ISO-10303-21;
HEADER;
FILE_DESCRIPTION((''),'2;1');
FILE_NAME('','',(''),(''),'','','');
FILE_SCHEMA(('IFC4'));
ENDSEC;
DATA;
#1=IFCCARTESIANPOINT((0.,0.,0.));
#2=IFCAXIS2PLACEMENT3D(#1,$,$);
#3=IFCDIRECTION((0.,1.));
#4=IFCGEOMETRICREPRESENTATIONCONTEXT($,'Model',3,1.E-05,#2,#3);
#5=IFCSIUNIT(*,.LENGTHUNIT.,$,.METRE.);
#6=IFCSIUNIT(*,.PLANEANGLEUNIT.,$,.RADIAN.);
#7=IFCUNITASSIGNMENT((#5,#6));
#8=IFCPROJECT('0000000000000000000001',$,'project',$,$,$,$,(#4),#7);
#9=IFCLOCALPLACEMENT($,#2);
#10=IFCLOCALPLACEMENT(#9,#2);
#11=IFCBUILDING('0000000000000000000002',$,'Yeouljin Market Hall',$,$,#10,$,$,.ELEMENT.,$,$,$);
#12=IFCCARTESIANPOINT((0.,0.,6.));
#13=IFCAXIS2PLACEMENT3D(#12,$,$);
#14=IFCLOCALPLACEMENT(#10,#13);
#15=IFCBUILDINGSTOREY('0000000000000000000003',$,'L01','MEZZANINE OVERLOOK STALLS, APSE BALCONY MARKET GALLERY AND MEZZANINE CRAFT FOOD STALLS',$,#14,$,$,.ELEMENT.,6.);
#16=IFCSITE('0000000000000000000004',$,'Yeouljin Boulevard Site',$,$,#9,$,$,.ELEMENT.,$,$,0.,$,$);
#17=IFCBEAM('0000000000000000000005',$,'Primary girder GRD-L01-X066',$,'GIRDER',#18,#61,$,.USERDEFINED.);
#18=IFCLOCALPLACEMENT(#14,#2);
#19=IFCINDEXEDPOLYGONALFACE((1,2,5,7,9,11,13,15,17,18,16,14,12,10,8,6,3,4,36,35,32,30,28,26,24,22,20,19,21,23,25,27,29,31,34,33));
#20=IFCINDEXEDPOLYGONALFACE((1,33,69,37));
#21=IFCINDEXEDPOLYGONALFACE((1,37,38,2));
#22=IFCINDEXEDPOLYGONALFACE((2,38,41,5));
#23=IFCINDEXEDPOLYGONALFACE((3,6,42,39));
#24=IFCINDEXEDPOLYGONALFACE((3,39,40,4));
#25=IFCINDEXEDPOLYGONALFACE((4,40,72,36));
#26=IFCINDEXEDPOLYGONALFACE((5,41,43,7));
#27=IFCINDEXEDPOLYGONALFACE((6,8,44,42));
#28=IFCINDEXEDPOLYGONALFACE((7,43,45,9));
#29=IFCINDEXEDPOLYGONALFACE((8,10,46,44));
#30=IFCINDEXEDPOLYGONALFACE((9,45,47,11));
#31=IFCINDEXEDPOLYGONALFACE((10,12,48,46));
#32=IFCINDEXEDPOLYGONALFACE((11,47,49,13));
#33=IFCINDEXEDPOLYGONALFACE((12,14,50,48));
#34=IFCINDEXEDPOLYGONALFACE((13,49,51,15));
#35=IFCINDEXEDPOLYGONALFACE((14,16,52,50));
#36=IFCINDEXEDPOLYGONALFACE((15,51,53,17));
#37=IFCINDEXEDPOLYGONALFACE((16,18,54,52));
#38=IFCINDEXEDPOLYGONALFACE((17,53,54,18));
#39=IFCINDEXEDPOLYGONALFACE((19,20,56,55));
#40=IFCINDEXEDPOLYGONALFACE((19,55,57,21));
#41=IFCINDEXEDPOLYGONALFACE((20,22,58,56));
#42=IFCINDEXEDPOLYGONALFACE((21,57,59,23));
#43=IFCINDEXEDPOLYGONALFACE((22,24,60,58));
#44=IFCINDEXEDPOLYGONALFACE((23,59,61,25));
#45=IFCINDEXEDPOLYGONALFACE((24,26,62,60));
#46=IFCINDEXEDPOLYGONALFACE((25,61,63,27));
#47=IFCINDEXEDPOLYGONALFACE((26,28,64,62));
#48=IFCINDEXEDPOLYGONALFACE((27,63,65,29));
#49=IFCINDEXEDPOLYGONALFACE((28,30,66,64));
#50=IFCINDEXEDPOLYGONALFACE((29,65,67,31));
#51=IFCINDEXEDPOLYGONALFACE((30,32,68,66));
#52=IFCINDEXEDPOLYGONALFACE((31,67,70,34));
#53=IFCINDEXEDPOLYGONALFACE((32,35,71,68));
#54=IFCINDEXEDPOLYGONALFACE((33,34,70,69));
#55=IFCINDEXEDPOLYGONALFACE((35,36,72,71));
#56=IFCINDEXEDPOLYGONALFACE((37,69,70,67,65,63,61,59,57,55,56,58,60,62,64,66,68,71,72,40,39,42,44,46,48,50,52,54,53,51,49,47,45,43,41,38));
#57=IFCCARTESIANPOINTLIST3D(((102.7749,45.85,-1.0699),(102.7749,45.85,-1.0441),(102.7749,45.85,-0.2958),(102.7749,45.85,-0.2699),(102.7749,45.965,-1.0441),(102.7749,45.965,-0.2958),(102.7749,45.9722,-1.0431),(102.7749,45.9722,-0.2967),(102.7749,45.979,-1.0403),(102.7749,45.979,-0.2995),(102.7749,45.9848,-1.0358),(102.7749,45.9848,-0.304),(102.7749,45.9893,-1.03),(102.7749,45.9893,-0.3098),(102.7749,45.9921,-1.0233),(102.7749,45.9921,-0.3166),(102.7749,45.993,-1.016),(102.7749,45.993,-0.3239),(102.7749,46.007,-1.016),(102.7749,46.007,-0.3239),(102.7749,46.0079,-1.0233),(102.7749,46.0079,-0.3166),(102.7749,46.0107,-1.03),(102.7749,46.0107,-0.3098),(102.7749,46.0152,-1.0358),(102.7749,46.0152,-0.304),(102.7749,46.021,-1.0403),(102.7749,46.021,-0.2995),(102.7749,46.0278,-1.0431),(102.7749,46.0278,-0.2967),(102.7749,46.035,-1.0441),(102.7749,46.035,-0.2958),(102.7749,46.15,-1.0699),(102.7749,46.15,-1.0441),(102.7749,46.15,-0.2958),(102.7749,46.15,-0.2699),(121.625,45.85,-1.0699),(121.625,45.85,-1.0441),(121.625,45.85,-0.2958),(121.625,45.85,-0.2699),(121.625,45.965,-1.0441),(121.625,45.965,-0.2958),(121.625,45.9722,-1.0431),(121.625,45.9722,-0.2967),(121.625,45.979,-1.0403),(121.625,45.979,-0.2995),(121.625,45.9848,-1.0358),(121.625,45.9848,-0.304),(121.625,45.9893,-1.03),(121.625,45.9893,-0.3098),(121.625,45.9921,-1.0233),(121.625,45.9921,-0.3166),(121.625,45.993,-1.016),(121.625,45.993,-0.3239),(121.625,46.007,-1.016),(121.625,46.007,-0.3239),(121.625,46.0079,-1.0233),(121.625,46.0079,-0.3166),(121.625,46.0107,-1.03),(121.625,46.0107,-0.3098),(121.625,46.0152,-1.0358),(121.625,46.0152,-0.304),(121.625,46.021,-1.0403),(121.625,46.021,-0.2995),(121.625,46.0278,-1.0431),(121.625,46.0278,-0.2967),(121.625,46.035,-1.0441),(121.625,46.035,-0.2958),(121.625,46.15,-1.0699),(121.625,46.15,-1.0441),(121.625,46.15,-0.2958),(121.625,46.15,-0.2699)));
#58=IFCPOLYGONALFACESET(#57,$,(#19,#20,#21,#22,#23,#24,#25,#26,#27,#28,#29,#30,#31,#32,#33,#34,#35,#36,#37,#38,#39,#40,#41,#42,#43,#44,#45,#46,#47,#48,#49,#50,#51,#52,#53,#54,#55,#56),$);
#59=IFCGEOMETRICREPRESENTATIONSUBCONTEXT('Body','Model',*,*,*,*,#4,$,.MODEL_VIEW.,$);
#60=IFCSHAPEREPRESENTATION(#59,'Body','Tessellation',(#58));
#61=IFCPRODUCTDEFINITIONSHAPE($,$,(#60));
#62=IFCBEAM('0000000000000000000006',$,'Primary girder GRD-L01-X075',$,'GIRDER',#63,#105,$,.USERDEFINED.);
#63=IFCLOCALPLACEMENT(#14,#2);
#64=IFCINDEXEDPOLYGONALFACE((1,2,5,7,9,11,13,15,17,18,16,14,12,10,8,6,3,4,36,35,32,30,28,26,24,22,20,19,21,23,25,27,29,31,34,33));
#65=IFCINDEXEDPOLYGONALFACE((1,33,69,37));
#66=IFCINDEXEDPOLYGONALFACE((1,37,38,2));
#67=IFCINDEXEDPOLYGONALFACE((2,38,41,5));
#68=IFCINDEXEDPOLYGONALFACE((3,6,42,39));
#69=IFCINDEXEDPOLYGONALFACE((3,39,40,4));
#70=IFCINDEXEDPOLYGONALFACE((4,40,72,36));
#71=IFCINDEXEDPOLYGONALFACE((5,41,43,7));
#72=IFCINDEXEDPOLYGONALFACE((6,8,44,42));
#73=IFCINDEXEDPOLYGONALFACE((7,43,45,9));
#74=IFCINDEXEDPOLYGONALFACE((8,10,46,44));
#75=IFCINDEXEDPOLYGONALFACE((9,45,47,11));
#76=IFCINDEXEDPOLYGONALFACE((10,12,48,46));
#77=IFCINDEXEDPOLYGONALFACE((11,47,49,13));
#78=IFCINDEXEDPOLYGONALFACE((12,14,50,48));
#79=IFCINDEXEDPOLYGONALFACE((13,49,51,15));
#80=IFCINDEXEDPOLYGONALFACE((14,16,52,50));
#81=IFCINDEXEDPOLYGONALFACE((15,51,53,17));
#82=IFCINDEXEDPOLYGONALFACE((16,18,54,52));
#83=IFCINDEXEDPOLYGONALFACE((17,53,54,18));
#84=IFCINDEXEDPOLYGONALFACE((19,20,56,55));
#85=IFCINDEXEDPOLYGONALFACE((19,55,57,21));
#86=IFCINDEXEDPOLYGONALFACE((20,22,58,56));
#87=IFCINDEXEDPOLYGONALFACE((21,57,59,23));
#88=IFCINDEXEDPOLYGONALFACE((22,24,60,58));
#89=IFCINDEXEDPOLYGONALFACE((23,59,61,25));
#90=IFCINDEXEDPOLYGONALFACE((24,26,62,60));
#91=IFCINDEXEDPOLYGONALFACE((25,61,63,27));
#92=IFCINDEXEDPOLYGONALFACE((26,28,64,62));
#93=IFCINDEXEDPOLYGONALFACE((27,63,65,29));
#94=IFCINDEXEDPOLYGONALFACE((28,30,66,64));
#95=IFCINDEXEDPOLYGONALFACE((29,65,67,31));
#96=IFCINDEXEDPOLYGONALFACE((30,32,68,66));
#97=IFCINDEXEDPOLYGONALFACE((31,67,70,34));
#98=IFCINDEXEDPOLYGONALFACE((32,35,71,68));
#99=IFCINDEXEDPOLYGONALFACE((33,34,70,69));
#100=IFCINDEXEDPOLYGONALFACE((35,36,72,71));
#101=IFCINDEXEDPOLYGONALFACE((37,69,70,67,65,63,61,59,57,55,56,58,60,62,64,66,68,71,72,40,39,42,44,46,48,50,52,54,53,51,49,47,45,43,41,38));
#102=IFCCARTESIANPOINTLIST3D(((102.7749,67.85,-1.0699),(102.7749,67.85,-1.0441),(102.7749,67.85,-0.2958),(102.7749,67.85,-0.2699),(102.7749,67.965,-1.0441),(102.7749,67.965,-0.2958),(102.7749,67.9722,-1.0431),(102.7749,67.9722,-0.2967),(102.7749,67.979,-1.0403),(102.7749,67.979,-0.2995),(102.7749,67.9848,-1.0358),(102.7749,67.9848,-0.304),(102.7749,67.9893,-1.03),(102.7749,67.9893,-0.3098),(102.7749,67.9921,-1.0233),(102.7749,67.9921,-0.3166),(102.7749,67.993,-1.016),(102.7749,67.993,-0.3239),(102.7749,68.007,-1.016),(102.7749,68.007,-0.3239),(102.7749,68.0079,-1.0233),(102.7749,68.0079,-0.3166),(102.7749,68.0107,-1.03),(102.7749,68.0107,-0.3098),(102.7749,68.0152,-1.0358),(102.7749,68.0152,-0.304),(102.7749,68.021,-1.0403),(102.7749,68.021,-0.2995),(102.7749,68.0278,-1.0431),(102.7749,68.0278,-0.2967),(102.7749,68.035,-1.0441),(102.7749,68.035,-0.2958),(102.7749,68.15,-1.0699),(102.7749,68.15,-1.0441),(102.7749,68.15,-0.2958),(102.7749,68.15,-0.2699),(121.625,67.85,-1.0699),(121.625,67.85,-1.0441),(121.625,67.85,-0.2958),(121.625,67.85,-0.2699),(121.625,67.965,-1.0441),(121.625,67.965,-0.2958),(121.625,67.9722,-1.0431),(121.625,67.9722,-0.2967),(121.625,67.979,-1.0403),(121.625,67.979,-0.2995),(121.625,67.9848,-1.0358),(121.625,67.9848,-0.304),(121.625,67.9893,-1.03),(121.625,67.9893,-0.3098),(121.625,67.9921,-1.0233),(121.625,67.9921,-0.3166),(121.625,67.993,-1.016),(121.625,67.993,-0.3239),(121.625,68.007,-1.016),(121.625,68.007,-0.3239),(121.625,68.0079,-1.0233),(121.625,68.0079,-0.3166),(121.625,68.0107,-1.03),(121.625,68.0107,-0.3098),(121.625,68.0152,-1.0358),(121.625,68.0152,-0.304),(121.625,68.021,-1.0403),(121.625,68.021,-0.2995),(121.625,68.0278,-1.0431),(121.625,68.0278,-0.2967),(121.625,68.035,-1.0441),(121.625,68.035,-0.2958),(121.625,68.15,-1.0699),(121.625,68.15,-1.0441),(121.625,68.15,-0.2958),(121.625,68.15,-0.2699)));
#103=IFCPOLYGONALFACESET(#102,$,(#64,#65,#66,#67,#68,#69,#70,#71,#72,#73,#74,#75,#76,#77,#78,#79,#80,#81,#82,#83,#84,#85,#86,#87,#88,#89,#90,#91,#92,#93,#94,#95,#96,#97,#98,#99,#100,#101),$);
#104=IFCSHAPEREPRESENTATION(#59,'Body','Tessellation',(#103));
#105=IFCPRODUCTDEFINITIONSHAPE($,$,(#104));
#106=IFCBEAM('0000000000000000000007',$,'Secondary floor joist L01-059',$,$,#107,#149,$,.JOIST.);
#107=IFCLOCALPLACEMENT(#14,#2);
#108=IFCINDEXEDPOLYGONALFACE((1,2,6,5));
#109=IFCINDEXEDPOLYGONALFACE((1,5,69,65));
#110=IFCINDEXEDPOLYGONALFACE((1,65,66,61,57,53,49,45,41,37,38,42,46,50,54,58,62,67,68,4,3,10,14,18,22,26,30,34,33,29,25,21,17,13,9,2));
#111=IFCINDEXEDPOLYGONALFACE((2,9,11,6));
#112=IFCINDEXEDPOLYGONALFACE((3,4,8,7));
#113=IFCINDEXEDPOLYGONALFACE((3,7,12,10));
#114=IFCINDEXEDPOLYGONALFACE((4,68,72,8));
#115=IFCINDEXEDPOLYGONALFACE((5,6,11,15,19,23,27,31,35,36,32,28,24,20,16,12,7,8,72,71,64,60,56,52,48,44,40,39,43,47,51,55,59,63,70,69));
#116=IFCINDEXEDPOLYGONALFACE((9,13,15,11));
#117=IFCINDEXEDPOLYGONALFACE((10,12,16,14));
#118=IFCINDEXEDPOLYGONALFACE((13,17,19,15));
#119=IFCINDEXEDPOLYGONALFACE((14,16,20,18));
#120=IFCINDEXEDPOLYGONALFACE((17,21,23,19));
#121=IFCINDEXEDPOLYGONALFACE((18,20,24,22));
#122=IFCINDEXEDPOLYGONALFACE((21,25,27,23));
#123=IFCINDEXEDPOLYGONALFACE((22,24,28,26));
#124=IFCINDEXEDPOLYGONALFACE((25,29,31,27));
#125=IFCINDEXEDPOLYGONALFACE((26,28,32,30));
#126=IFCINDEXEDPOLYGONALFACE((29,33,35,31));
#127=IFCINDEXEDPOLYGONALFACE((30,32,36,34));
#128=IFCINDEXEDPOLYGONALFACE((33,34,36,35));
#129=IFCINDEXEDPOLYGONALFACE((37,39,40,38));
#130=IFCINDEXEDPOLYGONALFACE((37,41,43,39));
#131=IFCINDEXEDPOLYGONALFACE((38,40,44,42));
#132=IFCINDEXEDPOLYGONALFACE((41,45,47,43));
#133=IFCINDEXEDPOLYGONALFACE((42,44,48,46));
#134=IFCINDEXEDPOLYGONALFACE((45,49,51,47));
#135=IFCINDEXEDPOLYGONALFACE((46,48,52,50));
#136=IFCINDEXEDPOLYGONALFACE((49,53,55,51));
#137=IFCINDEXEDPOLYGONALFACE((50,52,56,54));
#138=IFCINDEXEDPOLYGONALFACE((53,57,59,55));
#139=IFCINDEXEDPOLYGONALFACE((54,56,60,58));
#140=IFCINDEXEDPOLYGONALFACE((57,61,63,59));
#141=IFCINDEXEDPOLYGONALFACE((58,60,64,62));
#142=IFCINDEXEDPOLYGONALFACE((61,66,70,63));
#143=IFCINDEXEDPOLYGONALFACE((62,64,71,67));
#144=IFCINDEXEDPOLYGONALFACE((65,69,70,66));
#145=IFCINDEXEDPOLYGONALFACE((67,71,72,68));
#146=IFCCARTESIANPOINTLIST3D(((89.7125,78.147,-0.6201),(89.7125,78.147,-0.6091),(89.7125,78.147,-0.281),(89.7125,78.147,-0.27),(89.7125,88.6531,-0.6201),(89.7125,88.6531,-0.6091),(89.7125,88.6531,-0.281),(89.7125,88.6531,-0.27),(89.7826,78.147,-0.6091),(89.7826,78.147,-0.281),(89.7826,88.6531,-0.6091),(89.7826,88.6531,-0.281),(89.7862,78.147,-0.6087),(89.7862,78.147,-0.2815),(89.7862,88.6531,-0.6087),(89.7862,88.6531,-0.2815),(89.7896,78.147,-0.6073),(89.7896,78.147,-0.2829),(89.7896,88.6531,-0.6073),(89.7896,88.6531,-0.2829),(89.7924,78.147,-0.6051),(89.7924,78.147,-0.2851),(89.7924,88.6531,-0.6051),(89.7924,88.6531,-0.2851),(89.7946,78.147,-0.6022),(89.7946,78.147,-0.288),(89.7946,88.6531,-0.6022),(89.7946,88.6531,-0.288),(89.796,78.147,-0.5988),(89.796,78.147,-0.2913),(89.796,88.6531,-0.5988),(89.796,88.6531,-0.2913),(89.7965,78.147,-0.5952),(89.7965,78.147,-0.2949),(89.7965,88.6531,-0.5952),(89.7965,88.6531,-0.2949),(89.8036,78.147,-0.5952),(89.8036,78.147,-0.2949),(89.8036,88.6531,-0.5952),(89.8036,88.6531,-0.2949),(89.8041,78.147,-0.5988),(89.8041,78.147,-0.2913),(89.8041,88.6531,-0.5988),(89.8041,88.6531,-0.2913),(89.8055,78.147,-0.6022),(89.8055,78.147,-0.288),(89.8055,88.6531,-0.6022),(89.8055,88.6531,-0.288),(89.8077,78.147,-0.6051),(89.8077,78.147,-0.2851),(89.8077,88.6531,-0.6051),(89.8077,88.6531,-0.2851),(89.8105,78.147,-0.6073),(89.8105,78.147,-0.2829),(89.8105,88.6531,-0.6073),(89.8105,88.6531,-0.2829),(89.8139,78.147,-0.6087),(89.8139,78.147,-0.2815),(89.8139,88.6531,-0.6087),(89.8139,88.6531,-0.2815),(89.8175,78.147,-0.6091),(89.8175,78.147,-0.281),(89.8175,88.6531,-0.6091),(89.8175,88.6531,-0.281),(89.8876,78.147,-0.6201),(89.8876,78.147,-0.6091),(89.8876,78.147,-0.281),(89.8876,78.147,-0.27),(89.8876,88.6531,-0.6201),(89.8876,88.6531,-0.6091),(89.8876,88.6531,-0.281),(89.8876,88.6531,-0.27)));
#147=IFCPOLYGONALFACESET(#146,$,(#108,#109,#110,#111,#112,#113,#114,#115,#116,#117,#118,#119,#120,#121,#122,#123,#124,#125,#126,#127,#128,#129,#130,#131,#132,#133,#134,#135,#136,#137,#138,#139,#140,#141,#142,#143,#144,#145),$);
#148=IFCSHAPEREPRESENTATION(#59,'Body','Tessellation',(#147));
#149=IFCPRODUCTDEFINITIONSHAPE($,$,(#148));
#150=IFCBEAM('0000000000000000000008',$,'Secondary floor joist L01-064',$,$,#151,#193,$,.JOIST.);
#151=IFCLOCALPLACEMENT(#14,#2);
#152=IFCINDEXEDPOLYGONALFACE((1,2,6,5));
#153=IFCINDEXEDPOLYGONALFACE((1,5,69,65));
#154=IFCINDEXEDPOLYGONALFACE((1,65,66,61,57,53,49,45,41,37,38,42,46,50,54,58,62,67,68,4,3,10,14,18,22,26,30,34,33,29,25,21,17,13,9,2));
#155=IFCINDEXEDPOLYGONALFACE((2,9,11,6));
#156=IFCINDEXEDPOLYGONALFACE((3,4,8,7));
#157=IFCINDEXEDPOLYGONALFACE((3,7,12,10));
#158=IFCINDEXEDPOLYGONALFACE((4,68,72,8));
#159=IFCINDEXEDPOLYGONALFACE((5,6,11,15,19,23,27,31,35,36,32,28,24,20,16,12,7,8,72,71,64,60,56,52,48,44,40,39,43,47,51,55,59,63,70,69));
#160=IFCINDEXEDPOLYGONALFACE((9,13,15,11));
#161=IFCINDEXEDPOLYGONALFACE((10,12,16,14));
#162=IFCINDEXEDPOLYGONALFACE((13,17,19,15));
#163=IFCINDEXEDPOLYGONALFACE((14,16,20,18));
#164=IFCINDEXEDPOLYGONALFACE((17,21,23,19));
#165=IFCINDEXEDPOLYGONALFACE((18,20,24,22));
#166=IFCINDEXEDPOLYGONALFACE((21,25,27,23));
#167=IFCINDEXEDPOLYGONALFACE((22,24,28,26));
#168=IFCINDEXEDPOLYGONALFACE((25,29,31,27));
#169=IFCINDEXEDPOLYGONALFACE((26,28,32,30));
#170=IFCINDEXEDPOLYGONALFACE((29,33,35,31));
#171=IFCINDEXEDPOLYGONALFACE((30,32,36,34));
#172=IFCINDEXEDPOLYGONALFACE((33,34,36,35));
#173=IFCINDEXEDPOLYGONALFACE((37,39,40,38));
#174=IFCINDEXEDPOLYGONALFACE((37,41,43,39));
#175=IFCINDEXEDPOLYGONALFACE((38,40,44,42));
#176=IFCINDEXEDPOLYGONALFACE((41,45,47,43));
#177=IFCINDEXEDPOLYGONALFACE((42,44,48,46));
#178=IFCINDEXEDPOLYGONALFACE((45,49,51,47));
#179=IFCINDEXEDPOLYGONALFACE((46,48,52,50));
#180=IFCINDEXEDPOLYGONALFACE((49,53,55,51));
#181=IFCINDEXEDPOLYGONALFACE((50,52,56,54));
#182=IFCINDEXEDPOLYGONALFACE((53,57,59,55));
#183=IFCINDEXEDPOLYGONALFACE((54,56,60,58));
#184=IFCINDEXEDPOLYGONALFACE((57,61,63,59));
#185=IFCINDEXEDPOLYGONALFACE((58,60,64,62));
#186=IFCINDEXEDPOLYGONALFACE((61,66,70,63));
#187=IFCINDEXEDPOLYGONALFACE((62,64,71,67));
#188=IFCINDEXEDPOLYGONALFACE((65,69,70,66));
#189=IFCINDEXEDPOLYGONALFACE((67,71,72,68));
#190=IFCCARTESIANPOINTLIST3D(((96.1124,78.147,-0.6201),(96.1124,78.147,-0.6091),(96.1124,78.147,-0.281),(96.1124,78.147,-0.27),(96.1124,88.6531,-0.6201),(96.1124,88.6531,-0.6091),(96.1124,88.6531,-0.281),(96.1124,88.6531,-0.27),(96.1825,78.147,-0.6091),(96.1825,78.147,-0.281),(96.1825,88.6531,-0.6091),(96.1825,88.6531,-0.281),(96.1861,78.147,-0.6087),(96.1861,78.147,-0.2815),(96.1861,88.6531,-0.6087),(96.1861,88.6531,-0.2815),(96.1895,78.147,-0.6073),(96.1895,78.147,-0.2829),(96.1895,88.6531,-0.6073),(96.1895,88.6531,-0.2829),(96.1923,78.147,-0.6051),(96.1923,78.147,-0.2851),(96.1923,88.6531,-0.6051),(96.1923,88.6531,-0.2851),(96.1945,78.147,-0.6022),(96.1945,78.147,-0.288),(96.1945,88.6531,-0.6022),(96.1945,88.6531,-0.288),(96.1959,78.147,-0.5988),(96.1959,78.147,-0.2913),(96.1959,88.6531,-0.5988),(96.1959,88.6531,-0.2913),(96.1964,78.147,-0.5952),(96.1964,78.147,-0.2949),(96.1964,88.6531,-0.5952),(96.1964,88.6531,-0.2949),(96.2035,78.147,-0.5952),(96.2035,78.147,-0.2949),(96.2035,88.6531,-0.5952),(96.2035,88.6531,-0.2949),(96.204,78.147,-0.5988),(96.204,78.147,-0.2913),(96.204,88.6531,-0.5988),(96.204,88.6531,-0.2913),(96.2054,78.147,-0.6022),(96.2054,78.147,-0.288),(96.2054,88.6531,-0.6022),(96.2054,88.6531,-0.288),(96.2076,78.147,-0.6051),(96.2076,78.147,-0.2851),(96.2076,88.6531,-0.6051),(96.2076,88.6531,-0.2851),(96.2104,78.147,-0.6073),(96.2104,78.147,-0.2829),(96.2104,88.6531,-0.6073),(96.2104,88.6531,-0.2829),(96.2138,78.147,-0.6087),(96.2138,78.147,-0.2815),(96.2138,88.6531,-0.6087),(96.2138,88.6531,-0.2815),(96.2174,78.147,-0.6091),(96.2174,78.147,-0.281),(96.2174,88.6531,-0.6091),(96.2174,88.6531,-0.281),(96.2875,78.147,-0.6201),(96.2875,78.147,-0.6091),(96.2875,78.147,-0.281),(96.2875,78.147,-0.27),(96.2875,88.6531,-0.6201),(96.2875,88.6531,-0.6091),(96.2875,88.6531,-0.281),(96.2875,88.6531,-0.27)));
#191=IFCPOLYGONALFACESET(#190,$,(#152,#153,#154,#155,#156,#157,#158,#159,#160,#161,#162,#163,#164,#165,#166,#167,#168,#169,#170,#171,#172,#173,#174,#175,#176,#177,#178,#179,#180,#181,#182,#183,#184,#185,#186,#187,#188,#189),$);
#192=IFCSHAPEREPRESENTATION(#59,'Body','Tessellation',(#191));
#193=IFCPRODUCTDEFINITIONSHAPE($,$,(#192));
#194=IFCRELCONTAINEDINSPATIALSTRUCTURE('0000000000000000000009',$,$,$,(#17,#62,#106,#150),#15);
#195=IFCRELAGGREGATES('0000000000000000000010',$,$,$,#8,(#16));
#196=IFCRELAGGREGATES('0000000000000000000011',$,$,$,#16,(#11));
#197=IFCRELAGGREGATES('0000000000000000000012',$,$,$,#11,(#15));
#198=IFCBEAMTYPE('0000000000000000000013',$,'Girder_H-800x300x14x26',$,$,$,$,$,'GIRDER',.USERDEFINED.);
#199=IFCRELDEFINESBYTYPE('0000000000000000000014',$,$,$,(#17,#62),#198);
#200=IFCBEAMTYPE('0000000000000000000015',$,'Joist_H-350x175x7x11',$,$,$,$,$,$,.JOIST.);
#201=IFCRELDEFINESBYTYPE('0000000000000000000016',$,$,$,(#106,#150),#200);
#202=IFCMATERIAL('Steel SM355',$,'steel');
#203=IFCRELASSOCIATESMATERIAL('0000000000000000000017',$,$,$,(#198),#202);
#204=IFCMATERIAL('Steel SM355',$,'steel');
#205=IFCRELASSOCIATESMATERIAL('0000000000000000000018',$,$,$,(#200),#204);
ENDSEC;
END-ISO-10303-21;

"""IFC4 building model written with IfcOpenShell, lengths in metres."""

from ifc_helpers import new_model, si_unit, direction, frame, origin, origin_2d, place, context, subcontext, project, spatial, i_section, extrude, material, material_profile, profile_set, type_object, element, save


model = new_model("IFC4")

# Units and contexts
model_context = context("Model", 3, precision=1e-05, world=origin(), true_north=direction((0.0, 1.0)))
body_context = subcontext(model_context, "Body", "Model", "MODEL_VIEW")
ifc_project = project(units=[si_unit("LENGTHUNIT", "METRE"), si_unit("PLANEANGLEUNIT", "RADIAN")], contexts=[model_context])

# Site, building, storey
site_placement = place(None, origin())
site = spatial("IfcSite", under=ifc_project, at=site_placement, Name="Yeouljin Boulevard Site", CompositionType="ELEMENT", RefElevation=0.0)
building_placement = place(site_placement, origin())
building = spatial("IfcBuilding", under=site, at=building_placement, Name="Yeouljin Market Hall", CompositionType="ELEMENT")
storey_placement = place(building_placement, frame((0.0, 0.0, 6.0)))
storey = spatial("IfcBuildingStorey", under=building, at=storey_placement, Name="L01", Description="MEZZANINE OVERLOOK STALLS, APSE BALCONY MARKET GALLERY AND MEZZANINE CRAFT FOOD STALLS", CompositionType="ELEMENT", Elevation=6.0)

# Beams
ifc_material_1 = material(Name="Steel SM355", Category="steel")
ifc_material_profile_1 = material_profile(ifc_material_1, i_section(OverallWidth=0.3, OverallDepth=0.8, WebThickness=0.0139, FlangeThickness=0.0259, FilletRadius=0.0281, at=origin_2d()), Name="H-800x300x14x26")
ifc_profile_set_1 = profile_set([ifc_material_profile_1], Name="Steel SM355")
beam_type_1 = type_object("IfcBeamType", Name="Girder_H-800x300x14x26", ElementType="GIRDER", PredefinedType="USERDEFINED", material=ifc_profile_set_1)
for number, where, z_axis, x_axis, name in (
    (1, (102.7749, 46.0, -0.6699), (1.0, 0.0, 0.0), (0.0, 1.0, 0.0), "Primary girder GRD-L01-X066"),
    (2, (102.7749, 68.0, -0.6699), (1.0, 0.0, 0.0), (0.0, 1.0, 0.0), "Primary girder GRD-L01-X075"),
):
    element("IfcBeam", number, at=place(storey_placement, frame(where, z_axis=z_axis, x_axis=x_axis)), inside=storey, type_object=beam_type_1, Name=name, ObjectType="GIRDER", PredefinedType="USERDEFINED", context=body_context, shape_type="SweptSolid", body=[
        extrude(i_section(OverallWidth=0.3, OverallDepth=0.8, WebThickness=0.0139, FlangeThickness=0.0259, FilletRadius=0.0281, at=origin_2d()), origin(), (0.0, 0.0, 1.0), 18.8501),
    ])
ifc_material_2 = material(Name="Steel SM355", Category="steel")
ifc_material_profile_2 = material_profile(ifc_material_2, i_section(OverallWidth=0.175, OverallDepth=0.3501, WebThickness=0.0071, FlangeThickness=0.011, FilletRadius=0.0139, at=origin_2d()), Name="H-350x175x7x11")
ifc_profile_set_2 = profile_set([ifc_material_profile_2], Name="Steel SM355")
beam_type_2 = type_object("IfcBeamType", Name="Joist_H-350x175x7x11", PredefinedType="JOIST", material=ifc_profile_set_2)
for number, where, z_axis, x_axis, name in (
    (3, (89.8, 78.147, -0.4451), (0.0, 1.0, 0.0), (-1.0, 0.0, 0.0), "Secondary floor joist L01-059"),
    (4, (96.2, 78.147, -0.4451), (0.0, 1.0, 0.0), (-1.0, 0.0, 0.0), "Secondary floor joist L01-064"),
):
    element("IfcBeam", number, at=place(storey_placement, frame(where, z_axis=z_axis, x_axis=x_axis)), inside=storey, type_object=beam_type_2, Name=name, PredefinedType="JOIST", context=body_context, shape_type="SweptSolid", body=[
        extrude(i_section(OverallWidth=0.175, OverallDepth=0.3501, WebThickness=0.0071, FlangeThickness=0.011, FilletRadius=0.0139, at=origin_2d()), origin(), (0.0, 0.0, 1.0), 10.5061),
    ])

save(model, "model.ifc")
